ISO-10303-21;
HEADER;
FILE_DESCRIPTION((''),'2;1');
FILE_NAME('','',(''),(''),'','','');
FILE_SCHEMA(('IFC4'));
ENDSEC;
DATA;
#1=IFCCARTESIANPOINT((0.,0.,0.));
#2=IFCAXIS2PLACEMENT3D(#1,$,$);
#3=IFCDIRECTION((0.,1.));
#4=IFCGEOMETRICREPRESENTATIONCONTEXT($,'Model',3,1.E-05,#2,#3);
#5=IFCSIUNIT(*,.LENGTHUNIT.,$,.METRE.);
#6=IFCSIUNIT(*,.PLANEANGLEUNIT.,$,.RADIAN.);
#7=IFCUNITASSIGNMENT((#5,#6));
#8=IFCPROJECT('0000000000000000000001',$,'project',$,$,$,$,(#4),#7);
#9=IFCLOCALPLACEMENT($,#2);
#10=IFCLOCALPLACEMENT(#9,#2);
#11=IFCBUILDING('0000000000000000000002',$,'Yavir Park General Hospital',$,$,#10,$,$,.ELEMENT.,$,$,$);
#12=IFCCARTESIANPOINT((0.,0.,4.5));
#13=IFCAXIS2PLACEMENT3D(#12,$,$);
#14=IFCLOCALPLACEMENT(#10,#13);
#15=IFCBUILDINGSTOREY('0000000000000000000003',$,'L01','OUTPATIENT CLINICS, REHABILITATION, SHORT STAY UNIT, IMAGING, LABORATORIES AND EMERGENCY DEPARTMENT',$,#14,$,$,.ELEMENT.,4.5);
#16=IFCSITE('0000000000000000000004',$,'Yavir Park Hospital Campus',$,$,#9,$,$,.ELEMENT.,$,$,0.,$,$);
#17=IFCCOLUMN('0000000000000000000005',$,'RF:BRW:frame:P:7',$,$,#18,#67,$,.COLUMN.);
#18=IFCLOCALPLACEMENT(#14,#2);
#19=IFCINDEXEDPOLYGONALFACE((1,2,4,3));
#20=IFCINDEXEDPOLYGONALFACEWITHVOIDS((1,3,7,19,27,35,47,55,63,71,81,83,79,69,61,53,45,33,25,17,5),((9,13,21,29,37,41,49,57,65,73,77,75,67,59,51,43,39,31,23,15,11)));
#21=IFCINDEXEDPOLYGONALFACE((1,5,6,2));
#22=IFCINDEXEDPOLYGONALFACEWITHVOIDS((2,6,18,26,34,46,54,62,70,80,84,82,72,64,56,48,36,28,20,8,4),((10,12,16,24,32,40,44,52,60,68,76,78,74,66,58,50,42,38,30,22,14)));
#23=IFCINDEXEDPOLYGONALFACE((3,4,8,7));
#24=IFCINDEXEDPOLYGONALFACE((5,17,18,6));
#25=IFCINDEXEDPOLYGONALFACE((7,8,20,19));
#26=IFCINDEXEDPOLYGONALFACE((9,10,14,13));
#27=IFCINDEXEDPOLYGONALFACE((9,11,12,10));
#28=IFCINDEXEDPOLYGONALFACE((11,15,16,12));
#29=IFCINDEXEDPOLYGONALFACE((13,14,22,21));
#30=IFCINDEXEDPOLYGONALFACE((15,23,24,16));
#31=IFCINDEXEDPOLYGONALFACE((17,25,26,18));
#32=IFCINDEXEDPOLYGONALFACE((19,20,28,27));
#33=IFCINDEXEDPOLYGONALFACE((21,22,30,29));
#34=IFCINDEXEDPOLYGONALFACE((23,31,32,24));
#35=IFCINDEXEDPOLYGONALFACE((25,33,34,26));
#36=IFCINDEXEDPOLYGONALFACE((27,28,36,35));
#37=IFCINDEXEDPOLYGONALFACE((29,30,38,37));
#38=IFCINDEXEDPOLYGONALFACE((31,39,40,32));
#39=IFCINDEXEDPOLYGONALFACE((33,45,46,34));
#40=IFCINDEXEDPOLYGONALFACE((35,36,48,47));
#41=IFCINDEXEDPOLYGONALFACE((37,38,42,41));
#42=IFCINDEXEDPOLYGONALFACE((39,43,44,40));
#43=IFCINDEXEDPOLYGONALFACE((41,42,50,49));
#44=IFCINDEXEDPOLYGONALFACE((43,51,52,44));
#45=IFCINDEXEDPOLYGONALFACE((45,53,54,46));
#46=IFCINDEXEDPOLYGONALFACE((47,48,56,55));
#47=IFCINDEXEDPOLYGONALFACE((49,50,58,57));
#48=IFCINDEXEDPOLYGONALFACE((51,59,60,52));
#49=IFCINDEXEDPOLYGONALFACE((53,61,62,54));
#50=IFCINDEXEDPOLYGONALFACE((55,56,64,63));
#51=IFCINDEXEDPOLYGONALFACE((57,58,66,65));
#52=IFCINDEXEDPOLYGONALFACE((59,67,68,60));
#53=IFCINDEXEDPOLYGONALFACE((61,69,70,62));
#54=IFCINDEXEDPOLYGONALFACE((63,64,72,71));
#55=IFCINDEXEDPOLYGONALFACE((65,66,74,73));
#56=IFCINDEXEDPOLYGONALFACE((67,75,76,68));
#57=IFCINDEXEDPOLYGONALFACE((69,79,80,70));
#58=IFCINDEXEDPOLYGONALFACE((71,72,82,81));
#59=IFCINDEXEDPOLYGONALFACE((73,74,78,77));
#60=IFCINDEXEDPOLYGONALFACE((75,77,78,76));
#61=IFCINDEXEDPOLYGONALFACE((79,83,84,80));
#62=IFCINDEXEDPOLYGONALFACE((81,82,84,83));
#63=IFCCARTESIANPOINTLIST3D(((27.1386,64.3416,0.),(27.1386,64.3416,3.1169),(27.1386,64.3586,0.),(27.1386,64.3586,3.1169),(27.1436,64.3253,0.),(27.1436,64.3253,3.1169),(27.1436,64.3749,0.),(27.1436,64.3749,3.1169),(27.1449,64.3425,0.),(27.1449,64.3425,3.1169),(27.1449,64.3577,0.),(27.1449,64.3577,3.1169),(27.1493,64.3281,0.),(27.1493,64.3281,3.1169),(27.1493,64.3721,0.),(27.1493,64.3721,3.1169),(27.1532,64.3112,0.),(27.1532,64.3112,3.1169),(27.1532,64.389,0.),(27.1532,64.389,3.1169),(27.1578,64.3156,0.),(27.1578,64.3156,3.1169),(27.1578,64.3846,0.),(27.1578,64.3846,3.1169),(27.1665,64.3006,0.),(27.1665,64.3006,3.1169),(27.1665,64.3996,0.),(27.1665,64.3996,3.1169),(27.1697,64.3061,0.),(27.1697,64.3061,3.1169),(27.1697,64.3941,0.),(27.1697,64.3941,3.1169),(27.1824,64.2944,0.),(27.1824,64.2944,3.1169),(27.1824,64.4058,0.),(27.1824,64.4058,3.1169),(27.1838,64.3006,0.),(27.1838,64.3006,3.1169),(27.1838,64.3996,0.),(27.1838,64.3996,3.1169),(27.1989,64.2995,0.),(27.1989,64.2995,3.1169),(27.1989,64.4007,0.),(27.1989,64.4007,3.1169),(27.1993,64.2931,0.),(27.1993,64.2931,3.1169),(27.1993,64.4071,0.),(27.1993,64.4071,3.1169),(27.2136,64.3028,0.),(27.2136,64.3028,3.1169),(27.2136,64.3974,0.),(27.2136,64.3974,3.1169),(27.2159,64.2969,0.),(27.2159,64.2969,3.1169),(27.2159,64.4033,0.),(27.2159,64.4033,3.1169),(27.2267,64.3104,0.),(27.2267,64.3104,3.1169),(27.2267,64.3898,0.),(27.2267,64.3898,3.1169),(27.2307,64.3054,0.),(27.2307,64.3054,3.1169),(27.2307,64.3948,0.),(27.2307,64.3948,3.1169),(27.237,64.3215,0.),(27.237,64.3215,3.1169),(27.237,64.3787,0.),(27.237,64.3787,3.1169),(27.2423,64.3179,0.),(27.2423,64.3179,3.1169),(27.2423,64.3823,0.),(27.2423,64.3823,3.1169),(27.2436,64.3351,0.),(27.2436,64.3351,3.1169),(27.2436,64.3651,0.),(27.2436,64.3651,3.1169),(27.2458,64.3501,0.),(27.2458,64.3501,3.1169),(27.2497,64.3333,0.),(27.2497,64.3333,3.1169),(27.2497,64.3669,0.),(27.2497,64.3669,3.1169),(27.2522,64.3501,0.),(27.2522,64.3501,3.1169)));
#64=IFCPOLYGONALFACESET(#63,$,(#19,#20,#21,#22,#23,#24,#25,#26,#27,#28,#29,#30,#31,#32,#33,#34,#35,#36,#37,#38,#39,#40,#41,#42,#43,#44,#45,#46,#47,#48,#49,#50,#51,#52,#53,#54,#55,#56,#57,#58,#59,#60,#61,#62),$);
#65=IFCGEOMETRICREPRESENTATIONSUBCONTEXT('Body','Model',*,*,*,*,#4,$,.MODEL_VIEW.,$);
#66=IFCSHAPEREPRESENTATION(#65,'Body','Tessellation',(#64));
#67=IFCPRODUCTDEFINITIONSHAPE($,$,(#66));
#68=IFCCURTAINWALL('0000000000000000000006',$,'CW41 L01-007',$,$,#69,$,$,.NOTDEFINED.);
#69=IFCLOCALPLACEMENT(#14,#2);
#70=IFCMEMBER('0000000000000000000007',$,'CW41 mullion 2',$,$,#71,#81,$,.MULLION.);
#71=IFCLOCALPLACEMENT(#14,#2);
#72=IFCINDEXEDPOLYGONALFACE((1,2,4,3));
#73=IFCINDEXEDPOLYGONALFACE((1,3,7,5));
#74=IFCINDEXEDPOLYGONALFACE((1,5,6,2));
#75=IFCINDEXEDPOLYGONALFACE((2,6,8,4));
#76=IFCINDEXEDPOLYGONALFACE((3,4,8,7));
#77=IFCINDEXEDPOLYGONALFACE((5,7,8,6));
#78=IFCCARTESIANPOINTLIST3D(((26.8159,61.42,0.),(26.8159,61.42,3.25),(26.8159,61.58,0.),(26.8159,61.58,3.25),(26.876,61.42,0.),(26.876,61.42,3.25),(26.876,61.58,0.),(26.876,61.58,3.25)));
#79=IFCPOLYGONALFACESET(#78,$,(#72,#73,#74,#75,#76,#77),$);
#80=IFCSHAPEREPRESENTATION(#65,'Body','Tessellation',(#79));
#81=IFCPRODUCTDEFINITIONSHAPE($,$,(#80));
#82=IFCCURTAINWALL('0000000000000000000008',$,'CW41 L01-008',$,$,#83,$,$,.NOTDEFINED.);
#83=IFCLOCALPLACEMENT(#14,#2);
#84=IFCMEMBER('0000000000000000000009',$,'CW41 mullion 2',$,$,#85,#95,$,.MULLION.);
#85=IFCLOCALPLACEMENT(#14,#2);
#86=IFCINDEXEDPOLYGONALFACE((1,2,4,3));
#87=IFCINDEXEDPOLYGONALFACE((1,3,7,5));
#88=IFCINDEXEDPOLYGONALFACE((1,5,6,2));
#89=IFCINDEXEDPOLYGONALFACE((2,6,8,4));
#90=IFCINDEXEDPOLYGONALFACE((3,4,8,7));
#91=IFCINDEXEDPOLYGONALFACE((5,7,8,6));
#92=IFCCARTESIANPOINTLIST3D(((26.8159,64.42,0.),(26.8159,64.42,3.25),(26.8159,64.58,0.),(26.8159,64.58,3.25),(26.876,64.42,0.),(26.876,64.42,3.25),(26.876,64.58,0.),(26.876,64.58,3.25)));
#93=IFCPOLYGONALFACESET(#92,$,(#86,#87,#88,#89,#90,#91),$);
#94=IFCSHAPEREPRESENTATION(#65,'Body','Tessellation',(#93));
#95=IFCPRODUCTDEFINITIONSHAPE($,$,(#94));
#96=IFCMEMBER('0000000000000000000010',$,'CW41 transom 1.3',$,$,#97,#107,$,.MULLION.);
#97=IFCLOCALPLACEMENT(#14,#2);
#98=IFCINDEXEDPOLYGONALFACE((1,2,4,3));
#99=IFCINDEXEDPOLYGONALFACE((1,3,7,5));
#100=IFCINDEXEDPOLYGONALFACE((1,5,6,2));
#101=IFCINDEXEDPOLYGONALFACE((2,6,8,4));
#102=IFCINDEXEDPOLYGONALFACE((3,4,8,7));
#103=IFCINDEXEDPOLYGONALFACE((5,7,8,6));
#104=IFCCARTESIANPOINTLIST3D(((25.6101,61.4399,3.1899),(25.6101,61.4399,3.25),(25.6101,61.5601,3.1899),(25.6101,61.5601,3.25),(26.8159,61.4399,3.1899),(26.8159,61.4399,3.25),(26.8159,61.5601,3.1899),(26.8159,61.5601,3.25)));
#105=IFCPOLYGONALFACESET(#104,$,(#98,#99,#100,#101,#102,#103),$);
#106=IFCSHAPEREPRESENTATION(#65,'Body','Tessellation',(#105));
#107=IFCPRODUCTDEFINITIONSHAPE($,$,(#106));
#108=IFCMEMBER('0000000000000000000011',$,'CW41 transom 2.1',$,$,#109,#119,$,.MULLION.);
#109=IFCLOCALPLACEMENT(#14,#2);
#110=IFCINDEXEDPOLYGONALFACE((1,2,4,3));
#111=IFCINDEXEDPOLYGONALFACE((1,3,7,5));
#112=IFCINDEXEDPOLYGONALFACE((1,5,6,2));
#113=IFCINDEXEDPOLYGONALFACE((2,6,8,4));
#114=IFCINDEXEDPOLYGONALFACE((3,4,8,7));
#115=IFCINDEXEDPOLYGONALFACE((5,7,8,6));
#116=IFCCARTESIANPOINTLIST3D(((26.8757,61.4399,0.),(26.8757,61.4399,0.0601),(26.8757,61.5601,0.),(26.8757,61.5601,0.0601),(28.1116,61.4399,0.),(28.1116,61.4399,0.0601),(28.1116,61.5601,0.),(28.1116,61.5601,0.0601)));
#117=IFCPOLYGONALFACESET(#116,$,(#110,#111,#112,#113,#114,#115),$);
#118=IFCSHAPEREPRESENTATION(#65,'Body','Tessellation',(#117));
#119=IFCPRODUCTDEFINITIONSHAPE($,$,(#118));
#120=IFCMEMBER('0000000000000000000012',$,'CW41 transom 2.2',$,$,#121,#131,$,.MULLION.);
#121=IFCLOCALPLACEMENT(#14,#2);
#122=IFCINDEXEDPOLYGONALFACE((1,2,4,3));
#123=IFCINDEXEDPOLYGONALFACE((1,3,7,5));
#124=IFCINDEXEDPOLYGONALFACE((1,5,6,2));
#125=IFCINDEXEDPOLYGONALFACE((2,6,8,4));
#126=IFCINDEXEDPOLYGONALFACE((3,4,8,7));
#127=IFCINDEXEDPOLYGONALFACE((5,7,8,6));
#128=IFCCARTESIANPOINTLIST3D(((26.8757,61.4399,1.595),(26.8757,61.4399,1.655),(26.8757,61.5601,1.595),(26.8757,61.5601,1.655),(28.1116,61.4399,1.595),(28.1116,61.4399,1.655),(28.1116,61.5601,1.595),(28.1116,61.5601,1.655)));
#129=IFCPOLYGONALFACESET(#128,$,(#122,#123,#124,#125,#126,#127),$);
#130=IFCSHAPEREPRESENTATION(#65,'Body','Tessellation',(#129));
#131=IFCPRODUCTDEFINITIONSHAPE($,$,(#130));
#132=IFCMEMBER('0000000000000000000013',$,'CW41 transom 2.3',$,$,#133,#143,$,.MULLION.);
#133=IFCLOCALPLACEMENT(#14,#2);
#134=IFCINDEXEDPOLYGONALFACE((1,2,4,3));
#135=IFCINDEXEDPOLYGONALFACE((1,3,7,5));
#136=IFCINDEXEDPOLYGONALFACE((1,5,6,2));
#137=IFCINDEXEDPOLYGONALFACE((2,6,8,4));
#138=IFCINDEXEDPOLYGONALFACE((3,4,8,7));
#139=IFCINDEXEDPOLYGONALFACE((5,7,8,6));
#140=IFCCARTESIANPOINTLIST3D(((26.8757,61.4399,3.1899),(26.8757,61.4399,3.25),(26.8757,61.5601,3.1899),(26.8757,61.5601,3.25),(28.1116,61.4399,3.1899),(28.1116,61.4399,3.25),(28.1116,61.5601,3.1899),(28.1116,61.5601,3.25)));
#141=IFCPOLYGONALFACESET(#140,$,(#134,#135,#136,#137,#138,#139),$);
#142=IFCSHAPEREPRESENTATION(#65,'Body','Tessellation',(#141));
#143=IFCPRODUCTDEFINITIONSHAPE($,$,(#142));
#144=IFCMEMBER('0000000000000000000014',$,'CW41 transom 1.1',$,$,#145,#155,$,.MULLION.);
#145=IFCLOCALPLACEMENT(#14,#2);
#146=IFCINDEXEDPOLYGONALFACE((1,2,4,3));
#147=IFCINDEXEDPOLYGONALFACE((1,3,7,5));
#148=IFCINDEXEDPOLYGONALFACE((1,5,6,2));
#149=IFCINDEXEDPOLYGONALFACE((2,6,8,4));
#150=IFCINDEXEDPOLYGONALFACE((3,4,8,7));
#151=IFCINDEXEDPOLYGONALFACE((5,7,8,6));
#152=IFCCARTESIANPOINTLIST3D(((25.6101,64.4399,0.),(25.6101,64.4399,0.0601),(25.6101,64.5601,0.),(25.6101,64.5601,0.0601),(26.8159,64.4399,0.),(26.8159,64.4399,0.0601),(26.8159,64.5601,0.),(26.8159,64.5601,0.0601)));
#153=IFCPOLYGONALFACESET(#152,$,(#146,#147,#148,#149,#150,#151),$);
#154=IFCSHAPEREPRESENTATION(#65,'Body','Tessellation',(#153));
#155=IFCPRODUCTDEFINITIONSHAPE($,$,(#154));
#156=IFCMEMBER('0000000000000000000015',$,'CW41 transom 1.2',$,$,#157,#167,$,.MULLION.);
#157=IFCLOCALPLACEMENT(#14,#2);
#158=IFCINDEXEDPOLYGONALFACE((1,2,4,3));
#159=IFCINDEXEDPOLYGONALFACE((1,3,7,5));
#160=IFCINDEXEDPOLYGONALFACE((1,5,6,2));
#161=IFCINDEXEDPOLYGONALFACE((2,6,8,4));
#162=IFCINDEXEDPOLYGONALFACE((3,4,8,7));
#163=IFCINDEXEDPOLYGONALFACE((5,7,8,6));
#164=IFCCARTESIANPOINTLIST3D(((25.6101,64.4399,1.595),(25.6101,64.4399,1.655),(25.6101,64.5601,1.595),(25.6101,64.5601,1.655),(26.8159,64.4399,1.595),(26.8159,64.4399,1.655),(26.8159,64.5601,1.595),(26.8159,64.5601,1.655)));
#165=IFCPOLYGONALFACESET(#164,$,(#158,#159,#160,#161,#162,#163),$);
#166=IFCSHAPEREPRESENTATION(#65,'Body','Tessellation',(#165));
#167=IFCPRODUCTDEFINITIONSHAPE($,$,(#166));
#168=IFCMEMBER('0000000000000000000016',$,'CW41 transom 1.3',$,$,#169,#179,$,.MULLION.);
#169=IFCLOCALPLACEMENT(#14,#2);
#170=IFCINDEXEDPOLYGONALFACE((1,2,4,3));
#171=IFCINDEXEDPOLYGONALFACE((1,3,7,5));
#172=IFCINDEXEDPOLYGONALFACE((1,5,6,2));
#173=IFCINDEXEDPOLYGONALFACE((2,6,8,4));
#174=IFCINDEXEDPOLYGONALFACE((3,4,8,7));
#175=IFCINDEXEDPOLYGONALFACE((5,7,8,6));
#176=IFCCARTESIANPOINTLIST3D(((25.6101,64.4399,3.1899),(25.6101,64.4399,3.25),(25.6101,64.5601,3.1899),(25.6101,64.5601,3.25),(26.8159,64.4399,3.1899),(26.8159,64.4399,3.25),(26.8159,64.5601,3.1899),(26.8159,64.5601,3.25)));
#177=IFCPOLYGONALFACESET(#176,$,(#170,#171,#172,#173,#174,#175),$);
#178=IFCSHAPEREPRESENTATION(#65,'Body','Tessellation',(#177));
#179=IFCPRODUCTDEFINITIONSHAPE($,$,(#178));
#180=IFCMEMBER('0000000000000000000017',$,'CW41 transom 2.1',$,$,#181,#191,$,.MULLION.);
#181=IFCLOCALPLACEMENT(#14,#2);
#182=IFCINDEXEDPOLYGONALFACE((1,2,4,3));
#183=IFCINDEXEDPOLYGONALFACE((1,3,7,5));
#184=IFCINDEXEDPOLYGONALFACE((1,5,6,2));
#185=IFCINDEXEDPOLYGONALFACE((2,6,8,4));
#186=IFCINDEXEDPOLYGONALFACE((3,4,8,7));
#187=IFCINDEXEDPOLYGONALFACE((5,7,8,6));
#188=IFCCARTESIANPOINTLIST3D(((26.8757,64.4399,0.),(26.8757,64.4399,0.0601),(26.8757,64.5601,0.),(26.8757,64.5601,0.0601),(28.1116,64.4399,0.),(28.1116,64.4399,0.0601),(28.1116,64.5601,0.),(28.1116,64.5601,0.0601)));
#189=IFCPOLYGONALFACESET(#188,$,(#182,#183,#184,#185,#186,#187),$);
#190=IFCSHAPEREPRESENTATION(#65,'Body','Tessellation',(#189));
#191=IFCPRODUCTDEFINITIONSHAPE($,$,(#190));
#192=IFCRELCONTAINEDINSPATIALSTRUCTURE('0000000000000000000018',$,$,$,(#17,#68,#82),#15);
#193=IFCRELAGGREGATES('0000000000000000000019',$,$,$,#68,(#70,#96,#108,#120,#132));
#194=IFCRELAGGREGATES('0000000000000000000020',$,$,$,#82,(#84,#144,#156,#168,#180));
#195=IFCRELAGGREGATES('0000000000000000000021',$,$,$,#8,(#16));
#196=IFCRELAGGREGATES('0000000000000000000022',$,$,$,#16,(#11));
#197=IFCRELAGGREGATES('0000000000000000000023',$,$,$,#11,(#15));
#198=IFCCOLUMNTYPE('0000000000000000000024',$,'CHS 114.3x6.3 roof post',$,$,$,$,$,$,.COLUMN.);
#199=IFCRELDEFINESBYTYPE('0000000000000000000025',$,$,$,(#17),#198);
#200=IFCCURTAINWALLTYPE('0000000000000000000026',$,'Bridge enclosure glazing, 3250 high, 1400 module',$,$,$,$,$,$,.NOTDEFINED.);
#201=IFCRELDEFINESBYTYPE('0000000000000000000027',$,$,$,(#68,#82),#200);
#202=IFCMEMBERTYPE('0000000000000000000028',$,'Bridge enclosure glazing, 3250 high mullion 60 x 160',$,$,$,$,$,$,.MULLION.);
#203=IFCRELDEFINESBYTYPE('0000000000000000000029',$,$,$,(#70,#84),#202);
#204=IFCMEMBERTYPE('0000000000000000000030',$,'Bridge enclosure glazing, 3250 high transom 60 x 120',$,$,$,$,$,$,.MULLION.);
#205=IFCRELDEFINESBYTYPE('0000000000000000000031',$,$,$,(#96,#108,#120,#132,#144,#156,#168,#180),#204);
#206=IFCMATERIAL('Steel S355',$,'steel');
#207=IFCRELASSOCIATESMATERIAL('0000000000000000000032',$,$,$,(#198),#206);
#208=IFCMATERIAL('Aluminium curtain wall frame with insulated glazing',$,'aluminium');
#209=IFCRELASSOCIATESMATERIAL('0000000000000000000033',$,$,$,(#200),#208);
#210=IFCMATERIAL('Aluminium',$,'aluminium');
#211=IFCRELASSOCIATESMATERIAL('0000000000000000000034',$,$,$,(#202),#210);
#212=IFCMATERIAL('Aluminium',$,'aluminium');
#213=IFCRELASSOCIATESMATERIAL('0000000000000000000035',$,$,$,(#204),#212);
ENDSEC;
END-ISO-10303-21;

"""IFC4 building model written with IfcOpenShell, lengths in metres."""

from ifc_helpers import new_model, si_unit, direction, frame, origin, origin_2d, place, context, subcontext, project, spatial, rectangle, hollow_circle, extrude, material, material_profile, profile_set, type_object, element, aggregate, save


model = new_model("IFC4")

# Units and contexts
model_context = context("Model", 3, precision=1e-05, world=origin(), true_north=direction((0.0, 1.0)))
body_context = subcontext(model_context, "Body", "Model", "MODEL_VIEW")
ifc_project = project(units=[si_unit("LENGTHUNIT", "METRE"), si_unit("PLANEANGLEUNIT", "RADIAN")], contexts=[model_context])

# Site, building, storey
site_placement = place(None, origin())
site = spatial("IfcSite", under=ifc_project, at=site_placement, Name="Yavir Park Hospital Campus", CompositionType="ELEMENT", RefElevation=0.0)
building_placement = place(site_placement, origin())
building = spatial("IfcBuilding", under=site, at=building_placement, Name="Yavir Park General Hospital", CompositionType="ELEMENT")
storey_placement = place(building_placement, frame((0.0, 0.0, 4.5)))
storey = spatial("IfcBuildingStorey", under=building, at=storey_placement, Name="L01", Description="OUTPATIENT CLINICS, REHABILITATION, SHORT STAY UNIT, IMAGING, LABORATORIES AND EMERGENCY DEPARTMENT", CompositionType="ELEMENT", Elevation=4.5)

# Column
ifc_material_1 = material(Name="Steel S355", Category="steel")
ifc_material_profile_1 = material_profile(ifc_material_1, hollow_circle(Radius=0.0571, WallThickness=0.0063, at=origin_2d()), Name="CHS114.3x6.3")
ifc_profile_set_1 = profile_set([ifc_material_profile_1], Name="Steel S355")
column_type = type_object("IfcColumnType", Name="CHS 114.3x6.3 roof post", PredefinedType="COLUMN", material=ifc_profile_set_1)
for number, where, z_axis, x_axis, name in (
    (1, (27.1951, 64.3501, 0.0), (0.0, 0.0, 1.0), (1.0, 0.0, 0.0), "RF:BRW:frame:P:7"),
):
    element("IfcColumn", number, at=place(storey_placement, frame(where, z_axis=z_axis, x_axis=x_axis)), inside=storey, type_object=column_type, Name=name, PredefinedType="COLUMN", context=body_context, shape_type="SweptSolid", body=[
        extrude(hollow_circle(Radius=0.0571, WallThickness=0.0063, at=origin_2d()), origin(), (0.0, 0.0, 1.0), 3.1169),
    ])

# Curtain walls, members
ifc_material_2 = material(Name="Aluminium curtain wall frame with insulated glazing", Category="aluminium")
curtain_wall_type = type_object("IfcCurtainWallType", Name="Bridge enclosure glazing, 3250 high, 1400 module", PredefinedType="NOTDEFINED", material=ifc_material_2)
curtain_wall_1_placement = place(storey_placement, origin())
curtain_wall_1 = element("IfcCurtainWall", 2, at=curtain_wall_1_placement, inside=storey, type_object=curtain_wall_type, Name="CW41 L01-007", PredefinedType="NOTDEFINED")
ifc_material_3 = material(Name="Aluminium", Category="aluminium")
ifc_material_profile_2 = material_profile(ifc_material_3, rectangle(XDim=0.1599, YDim=0.0601, at=origin_2d()), Name="AL 60x160")
ifc_profile_set_2 = profile_set([ifc_material_profile_2], Name="Aluminium")
member_type_1 = type_object("IfcMemberType", Name="Bridge enclosure glazing, 3250 high mullion 60 x 160", PredefinedType="MULLION", material=ifc_profile_set_2)
member_1_placement = place(storey_placement, frame((26.8459, 61.5, 0.0), z_axis=(0.0, 0.0, 1.0), x_axis=(0.0, 1.0, 0.0)))
member_1 = element("IfcMember", 3, at=member_1_placement, type_object=member_type_1, Name="CW41 mullion 2", PredefinedType="MULLION", context=body_context, shape_type="SweptSolid", body=[
    extrude(rectangle(XDim=0.1599, YDim=0.0601, at=origin_2d()), origin(), (0.0, 0.0, 1.0), 3.25),
])
curtain_wall_2_placement = place(storey_placement, origin())
curtain_wall_2 = element("IfcCurtainWall", 4, at=curtain_wall_2_placement, inside=storey, type_object=curtain_wall_type, Name="CW41 L01-008", PredefinedType="NOTDEFINED")
member_2_placement = place(storey_placement, frame((26.8459, 64.5, 0.0), z_axis=(0.0, 0.0, 1.0), x_axis=(0.0, 1.0, 0.0)))
member_2 = element("IfcMember", 5, at=member_2_placement, type_object=member_type_1, Name="CW41 mullion 2", PredefinedType="MULLION", context=body_context, shape_type="SweptSolid", body=[
    extrude(rectangle(XDim=0.1599, YDim=0.0601, at=origin_2d()), origin(), (0.0, 0.0, 1.0), 3.25),
])

# Members
ifc_material_4 = material(Name="Aluminium", Category="aluminium")
ifc_material_profile_3 = material_profile(ifc_material_4, rectangle(XDim=0.1201, YDim=0.0601, at=origin_2d()), Name="AL 120x60")
ifc_profile_set_3 = profile_set([ifc_material_profile_3], Name="Aluminium")
member_type_2 = type_object("IfcMemberType", Name="Bridge enclosure glazing, 3250 high transom 60 x 120", PredefinedType="MULLION", material=ifc_profile_set_3)
member_3_placement = place(storey_placement, frame((25.6101, 61.5, 3.22), z_axis=(1.0, 0.0, 0.0), x_axis=(0.0, 1.0, 0.0)))
member_3 = element("IfcMember", 6, at=member_3_placement, type_object=member_type_2, Name="CW41 transom 1.3", PredefinedType="MULLION", context=body_context, shape_type="SweptSolid", body=[
    extrude(rectangle(XDim=0.1201, YDim=0.0601, at=origin_2d()), origin(), (0.0, 0.0, 1.0), 1.2058),
])
member_4_placement = place(storey_placement, frame((26.8757, 61.5, 0.03), z_axis=(1.0, 0.0, 0.0), x_axis=(0.0, 1.0, 0.0)))
member_4 = element("IfcMember", 7, at=member_4_placement, type_object=member_type_2, Name="CW41 transom 2.1", PredefinedType="MULLION", context=body_context, shape_type="SweptSolid", body=[
    extrude(rectangle(XDim=0.1201, YDim=0.0601, at=origin_2d()), origin(), (0.0, 0.0, 1.0), 1.2358),
])
member_5_placement = place(storey_placement, frame((26.8757, 61.5, 1.625), z_axis=(1.0, 0.0, 0.0), x_axis=(0.0, 1.0, 0.0)))
member_5 = element("IfcMember", 8, at=member_5_placement, type_object=member_type_2, Name="CW41 transom 2.2", PredefinedType="MULLION", context=body_context, shape_type="SweptSolid", body=[
    extrude(rectangle(XDim=0.1201, YDim=0.0601, at=origin_2d()), origin(), (0.0, 0.0, 1.0), 1.2358),
])
member_6_placement = place(storey_placement, frame((26.8757, 61.5, 3.22), z_axis=(1.0, 0.0, 0.0), x_axis=(0.0, 1.0, 0.0)))
member_6 = element("IfcMember", 9, at=member_6_placement, type_object=member_type_2, Name="CW41 transom 2.3", PredefinedType="MULLION", context=body_context, shape_type="SweptSolid", body=[
    extrude(rectangle(XDim=0.1201, YDim=0.0601, at=origin_2d()), origin(), (0.0, 0.0, 1.0), 1.2358),
])
member_7_placement = place(storey_placement, frame((25.6101, 64.5, 0.03), z_axis=(1.0, 0.0, 0.0), x_axis=(0.0, 1.0, 0.0)))
member_7 = element("IfcMember", 10, at=member_7_placement, type_object=member_type_2, Name="CW41 transom 1.1", PredefinedType="MULLION", context=body_context, shape_type="SweptSolid", body=[
    extrude(rectangle(XDim=0.1201, YDim=0.0601, at=origin_2d()), origin(), (0.0, 0.0, 1.0), 1.2058),
])
member_8_placement = place(storey_placement, frame((25.6101, 64.5, 1.625), z_axis=(1.0, 0.0, 0.0), x_axis=(0.0, 1.0, 0.0)))
member_8 = element("IfcMember", 11, at=member_8_placement, type_object=member_type_2, Name="CW41 transom 1.2", PredefinedType="MULLION", context=body_context, shape_type="SweptSolid", body=[
    extrude(rectangle(XDim=0.1201, YDim=0.0601, at=origin_2d()), origin(), (0.0, 0.0, 1.0), 1.2058),
])
member_9_placement = place(storey_placement, frame((25.6101, 64.5, 3.22), z_axis=(1.0, 0.0, 0.0), x_axis=(0.0, 1.0, 0.0)))
member_9 = element("IfcMember", 12, at=member_9_placement, type_object=member_type_2, Name="CW41 transom 1.3", PredefinedType="MULLION", context=body_context, shape_type="SweptSolid", body=[
    extrude(rectangle(XDim=0.1201, YDim=0.0601, at=origin_2d()), origin(), (0.0, 0.0, 1.0), 1.2058),
])
member_10_placement = place(storey_placement, frame((26.8757, 64.5, 0.03), z_axis=(1.0, 0.0, 0.0), x_axis=(0.0, 1.0, 0.0)))
member_10 = element("IfcMember", 13, at=member_10_placement, type_object=member_type_2, Name="CW41 transom 2.1", PredefinedType="MULLION", context=body_context, shape_type="SweptSolid", body=[
    extrude(rectangle(XDim=0.1201, YDim=0.0601, at=origin_2d()), origin(), (0.0, 0.0, 1.0), 1.2358),
])

aggregate(curtain_wall_1, [member_1, member_3, member_4, member_5, member_6])
aggregate(curtain_wall_2, [member_2, member_7, member_8, member_9, member_10])

save(model, "model.ifc")
